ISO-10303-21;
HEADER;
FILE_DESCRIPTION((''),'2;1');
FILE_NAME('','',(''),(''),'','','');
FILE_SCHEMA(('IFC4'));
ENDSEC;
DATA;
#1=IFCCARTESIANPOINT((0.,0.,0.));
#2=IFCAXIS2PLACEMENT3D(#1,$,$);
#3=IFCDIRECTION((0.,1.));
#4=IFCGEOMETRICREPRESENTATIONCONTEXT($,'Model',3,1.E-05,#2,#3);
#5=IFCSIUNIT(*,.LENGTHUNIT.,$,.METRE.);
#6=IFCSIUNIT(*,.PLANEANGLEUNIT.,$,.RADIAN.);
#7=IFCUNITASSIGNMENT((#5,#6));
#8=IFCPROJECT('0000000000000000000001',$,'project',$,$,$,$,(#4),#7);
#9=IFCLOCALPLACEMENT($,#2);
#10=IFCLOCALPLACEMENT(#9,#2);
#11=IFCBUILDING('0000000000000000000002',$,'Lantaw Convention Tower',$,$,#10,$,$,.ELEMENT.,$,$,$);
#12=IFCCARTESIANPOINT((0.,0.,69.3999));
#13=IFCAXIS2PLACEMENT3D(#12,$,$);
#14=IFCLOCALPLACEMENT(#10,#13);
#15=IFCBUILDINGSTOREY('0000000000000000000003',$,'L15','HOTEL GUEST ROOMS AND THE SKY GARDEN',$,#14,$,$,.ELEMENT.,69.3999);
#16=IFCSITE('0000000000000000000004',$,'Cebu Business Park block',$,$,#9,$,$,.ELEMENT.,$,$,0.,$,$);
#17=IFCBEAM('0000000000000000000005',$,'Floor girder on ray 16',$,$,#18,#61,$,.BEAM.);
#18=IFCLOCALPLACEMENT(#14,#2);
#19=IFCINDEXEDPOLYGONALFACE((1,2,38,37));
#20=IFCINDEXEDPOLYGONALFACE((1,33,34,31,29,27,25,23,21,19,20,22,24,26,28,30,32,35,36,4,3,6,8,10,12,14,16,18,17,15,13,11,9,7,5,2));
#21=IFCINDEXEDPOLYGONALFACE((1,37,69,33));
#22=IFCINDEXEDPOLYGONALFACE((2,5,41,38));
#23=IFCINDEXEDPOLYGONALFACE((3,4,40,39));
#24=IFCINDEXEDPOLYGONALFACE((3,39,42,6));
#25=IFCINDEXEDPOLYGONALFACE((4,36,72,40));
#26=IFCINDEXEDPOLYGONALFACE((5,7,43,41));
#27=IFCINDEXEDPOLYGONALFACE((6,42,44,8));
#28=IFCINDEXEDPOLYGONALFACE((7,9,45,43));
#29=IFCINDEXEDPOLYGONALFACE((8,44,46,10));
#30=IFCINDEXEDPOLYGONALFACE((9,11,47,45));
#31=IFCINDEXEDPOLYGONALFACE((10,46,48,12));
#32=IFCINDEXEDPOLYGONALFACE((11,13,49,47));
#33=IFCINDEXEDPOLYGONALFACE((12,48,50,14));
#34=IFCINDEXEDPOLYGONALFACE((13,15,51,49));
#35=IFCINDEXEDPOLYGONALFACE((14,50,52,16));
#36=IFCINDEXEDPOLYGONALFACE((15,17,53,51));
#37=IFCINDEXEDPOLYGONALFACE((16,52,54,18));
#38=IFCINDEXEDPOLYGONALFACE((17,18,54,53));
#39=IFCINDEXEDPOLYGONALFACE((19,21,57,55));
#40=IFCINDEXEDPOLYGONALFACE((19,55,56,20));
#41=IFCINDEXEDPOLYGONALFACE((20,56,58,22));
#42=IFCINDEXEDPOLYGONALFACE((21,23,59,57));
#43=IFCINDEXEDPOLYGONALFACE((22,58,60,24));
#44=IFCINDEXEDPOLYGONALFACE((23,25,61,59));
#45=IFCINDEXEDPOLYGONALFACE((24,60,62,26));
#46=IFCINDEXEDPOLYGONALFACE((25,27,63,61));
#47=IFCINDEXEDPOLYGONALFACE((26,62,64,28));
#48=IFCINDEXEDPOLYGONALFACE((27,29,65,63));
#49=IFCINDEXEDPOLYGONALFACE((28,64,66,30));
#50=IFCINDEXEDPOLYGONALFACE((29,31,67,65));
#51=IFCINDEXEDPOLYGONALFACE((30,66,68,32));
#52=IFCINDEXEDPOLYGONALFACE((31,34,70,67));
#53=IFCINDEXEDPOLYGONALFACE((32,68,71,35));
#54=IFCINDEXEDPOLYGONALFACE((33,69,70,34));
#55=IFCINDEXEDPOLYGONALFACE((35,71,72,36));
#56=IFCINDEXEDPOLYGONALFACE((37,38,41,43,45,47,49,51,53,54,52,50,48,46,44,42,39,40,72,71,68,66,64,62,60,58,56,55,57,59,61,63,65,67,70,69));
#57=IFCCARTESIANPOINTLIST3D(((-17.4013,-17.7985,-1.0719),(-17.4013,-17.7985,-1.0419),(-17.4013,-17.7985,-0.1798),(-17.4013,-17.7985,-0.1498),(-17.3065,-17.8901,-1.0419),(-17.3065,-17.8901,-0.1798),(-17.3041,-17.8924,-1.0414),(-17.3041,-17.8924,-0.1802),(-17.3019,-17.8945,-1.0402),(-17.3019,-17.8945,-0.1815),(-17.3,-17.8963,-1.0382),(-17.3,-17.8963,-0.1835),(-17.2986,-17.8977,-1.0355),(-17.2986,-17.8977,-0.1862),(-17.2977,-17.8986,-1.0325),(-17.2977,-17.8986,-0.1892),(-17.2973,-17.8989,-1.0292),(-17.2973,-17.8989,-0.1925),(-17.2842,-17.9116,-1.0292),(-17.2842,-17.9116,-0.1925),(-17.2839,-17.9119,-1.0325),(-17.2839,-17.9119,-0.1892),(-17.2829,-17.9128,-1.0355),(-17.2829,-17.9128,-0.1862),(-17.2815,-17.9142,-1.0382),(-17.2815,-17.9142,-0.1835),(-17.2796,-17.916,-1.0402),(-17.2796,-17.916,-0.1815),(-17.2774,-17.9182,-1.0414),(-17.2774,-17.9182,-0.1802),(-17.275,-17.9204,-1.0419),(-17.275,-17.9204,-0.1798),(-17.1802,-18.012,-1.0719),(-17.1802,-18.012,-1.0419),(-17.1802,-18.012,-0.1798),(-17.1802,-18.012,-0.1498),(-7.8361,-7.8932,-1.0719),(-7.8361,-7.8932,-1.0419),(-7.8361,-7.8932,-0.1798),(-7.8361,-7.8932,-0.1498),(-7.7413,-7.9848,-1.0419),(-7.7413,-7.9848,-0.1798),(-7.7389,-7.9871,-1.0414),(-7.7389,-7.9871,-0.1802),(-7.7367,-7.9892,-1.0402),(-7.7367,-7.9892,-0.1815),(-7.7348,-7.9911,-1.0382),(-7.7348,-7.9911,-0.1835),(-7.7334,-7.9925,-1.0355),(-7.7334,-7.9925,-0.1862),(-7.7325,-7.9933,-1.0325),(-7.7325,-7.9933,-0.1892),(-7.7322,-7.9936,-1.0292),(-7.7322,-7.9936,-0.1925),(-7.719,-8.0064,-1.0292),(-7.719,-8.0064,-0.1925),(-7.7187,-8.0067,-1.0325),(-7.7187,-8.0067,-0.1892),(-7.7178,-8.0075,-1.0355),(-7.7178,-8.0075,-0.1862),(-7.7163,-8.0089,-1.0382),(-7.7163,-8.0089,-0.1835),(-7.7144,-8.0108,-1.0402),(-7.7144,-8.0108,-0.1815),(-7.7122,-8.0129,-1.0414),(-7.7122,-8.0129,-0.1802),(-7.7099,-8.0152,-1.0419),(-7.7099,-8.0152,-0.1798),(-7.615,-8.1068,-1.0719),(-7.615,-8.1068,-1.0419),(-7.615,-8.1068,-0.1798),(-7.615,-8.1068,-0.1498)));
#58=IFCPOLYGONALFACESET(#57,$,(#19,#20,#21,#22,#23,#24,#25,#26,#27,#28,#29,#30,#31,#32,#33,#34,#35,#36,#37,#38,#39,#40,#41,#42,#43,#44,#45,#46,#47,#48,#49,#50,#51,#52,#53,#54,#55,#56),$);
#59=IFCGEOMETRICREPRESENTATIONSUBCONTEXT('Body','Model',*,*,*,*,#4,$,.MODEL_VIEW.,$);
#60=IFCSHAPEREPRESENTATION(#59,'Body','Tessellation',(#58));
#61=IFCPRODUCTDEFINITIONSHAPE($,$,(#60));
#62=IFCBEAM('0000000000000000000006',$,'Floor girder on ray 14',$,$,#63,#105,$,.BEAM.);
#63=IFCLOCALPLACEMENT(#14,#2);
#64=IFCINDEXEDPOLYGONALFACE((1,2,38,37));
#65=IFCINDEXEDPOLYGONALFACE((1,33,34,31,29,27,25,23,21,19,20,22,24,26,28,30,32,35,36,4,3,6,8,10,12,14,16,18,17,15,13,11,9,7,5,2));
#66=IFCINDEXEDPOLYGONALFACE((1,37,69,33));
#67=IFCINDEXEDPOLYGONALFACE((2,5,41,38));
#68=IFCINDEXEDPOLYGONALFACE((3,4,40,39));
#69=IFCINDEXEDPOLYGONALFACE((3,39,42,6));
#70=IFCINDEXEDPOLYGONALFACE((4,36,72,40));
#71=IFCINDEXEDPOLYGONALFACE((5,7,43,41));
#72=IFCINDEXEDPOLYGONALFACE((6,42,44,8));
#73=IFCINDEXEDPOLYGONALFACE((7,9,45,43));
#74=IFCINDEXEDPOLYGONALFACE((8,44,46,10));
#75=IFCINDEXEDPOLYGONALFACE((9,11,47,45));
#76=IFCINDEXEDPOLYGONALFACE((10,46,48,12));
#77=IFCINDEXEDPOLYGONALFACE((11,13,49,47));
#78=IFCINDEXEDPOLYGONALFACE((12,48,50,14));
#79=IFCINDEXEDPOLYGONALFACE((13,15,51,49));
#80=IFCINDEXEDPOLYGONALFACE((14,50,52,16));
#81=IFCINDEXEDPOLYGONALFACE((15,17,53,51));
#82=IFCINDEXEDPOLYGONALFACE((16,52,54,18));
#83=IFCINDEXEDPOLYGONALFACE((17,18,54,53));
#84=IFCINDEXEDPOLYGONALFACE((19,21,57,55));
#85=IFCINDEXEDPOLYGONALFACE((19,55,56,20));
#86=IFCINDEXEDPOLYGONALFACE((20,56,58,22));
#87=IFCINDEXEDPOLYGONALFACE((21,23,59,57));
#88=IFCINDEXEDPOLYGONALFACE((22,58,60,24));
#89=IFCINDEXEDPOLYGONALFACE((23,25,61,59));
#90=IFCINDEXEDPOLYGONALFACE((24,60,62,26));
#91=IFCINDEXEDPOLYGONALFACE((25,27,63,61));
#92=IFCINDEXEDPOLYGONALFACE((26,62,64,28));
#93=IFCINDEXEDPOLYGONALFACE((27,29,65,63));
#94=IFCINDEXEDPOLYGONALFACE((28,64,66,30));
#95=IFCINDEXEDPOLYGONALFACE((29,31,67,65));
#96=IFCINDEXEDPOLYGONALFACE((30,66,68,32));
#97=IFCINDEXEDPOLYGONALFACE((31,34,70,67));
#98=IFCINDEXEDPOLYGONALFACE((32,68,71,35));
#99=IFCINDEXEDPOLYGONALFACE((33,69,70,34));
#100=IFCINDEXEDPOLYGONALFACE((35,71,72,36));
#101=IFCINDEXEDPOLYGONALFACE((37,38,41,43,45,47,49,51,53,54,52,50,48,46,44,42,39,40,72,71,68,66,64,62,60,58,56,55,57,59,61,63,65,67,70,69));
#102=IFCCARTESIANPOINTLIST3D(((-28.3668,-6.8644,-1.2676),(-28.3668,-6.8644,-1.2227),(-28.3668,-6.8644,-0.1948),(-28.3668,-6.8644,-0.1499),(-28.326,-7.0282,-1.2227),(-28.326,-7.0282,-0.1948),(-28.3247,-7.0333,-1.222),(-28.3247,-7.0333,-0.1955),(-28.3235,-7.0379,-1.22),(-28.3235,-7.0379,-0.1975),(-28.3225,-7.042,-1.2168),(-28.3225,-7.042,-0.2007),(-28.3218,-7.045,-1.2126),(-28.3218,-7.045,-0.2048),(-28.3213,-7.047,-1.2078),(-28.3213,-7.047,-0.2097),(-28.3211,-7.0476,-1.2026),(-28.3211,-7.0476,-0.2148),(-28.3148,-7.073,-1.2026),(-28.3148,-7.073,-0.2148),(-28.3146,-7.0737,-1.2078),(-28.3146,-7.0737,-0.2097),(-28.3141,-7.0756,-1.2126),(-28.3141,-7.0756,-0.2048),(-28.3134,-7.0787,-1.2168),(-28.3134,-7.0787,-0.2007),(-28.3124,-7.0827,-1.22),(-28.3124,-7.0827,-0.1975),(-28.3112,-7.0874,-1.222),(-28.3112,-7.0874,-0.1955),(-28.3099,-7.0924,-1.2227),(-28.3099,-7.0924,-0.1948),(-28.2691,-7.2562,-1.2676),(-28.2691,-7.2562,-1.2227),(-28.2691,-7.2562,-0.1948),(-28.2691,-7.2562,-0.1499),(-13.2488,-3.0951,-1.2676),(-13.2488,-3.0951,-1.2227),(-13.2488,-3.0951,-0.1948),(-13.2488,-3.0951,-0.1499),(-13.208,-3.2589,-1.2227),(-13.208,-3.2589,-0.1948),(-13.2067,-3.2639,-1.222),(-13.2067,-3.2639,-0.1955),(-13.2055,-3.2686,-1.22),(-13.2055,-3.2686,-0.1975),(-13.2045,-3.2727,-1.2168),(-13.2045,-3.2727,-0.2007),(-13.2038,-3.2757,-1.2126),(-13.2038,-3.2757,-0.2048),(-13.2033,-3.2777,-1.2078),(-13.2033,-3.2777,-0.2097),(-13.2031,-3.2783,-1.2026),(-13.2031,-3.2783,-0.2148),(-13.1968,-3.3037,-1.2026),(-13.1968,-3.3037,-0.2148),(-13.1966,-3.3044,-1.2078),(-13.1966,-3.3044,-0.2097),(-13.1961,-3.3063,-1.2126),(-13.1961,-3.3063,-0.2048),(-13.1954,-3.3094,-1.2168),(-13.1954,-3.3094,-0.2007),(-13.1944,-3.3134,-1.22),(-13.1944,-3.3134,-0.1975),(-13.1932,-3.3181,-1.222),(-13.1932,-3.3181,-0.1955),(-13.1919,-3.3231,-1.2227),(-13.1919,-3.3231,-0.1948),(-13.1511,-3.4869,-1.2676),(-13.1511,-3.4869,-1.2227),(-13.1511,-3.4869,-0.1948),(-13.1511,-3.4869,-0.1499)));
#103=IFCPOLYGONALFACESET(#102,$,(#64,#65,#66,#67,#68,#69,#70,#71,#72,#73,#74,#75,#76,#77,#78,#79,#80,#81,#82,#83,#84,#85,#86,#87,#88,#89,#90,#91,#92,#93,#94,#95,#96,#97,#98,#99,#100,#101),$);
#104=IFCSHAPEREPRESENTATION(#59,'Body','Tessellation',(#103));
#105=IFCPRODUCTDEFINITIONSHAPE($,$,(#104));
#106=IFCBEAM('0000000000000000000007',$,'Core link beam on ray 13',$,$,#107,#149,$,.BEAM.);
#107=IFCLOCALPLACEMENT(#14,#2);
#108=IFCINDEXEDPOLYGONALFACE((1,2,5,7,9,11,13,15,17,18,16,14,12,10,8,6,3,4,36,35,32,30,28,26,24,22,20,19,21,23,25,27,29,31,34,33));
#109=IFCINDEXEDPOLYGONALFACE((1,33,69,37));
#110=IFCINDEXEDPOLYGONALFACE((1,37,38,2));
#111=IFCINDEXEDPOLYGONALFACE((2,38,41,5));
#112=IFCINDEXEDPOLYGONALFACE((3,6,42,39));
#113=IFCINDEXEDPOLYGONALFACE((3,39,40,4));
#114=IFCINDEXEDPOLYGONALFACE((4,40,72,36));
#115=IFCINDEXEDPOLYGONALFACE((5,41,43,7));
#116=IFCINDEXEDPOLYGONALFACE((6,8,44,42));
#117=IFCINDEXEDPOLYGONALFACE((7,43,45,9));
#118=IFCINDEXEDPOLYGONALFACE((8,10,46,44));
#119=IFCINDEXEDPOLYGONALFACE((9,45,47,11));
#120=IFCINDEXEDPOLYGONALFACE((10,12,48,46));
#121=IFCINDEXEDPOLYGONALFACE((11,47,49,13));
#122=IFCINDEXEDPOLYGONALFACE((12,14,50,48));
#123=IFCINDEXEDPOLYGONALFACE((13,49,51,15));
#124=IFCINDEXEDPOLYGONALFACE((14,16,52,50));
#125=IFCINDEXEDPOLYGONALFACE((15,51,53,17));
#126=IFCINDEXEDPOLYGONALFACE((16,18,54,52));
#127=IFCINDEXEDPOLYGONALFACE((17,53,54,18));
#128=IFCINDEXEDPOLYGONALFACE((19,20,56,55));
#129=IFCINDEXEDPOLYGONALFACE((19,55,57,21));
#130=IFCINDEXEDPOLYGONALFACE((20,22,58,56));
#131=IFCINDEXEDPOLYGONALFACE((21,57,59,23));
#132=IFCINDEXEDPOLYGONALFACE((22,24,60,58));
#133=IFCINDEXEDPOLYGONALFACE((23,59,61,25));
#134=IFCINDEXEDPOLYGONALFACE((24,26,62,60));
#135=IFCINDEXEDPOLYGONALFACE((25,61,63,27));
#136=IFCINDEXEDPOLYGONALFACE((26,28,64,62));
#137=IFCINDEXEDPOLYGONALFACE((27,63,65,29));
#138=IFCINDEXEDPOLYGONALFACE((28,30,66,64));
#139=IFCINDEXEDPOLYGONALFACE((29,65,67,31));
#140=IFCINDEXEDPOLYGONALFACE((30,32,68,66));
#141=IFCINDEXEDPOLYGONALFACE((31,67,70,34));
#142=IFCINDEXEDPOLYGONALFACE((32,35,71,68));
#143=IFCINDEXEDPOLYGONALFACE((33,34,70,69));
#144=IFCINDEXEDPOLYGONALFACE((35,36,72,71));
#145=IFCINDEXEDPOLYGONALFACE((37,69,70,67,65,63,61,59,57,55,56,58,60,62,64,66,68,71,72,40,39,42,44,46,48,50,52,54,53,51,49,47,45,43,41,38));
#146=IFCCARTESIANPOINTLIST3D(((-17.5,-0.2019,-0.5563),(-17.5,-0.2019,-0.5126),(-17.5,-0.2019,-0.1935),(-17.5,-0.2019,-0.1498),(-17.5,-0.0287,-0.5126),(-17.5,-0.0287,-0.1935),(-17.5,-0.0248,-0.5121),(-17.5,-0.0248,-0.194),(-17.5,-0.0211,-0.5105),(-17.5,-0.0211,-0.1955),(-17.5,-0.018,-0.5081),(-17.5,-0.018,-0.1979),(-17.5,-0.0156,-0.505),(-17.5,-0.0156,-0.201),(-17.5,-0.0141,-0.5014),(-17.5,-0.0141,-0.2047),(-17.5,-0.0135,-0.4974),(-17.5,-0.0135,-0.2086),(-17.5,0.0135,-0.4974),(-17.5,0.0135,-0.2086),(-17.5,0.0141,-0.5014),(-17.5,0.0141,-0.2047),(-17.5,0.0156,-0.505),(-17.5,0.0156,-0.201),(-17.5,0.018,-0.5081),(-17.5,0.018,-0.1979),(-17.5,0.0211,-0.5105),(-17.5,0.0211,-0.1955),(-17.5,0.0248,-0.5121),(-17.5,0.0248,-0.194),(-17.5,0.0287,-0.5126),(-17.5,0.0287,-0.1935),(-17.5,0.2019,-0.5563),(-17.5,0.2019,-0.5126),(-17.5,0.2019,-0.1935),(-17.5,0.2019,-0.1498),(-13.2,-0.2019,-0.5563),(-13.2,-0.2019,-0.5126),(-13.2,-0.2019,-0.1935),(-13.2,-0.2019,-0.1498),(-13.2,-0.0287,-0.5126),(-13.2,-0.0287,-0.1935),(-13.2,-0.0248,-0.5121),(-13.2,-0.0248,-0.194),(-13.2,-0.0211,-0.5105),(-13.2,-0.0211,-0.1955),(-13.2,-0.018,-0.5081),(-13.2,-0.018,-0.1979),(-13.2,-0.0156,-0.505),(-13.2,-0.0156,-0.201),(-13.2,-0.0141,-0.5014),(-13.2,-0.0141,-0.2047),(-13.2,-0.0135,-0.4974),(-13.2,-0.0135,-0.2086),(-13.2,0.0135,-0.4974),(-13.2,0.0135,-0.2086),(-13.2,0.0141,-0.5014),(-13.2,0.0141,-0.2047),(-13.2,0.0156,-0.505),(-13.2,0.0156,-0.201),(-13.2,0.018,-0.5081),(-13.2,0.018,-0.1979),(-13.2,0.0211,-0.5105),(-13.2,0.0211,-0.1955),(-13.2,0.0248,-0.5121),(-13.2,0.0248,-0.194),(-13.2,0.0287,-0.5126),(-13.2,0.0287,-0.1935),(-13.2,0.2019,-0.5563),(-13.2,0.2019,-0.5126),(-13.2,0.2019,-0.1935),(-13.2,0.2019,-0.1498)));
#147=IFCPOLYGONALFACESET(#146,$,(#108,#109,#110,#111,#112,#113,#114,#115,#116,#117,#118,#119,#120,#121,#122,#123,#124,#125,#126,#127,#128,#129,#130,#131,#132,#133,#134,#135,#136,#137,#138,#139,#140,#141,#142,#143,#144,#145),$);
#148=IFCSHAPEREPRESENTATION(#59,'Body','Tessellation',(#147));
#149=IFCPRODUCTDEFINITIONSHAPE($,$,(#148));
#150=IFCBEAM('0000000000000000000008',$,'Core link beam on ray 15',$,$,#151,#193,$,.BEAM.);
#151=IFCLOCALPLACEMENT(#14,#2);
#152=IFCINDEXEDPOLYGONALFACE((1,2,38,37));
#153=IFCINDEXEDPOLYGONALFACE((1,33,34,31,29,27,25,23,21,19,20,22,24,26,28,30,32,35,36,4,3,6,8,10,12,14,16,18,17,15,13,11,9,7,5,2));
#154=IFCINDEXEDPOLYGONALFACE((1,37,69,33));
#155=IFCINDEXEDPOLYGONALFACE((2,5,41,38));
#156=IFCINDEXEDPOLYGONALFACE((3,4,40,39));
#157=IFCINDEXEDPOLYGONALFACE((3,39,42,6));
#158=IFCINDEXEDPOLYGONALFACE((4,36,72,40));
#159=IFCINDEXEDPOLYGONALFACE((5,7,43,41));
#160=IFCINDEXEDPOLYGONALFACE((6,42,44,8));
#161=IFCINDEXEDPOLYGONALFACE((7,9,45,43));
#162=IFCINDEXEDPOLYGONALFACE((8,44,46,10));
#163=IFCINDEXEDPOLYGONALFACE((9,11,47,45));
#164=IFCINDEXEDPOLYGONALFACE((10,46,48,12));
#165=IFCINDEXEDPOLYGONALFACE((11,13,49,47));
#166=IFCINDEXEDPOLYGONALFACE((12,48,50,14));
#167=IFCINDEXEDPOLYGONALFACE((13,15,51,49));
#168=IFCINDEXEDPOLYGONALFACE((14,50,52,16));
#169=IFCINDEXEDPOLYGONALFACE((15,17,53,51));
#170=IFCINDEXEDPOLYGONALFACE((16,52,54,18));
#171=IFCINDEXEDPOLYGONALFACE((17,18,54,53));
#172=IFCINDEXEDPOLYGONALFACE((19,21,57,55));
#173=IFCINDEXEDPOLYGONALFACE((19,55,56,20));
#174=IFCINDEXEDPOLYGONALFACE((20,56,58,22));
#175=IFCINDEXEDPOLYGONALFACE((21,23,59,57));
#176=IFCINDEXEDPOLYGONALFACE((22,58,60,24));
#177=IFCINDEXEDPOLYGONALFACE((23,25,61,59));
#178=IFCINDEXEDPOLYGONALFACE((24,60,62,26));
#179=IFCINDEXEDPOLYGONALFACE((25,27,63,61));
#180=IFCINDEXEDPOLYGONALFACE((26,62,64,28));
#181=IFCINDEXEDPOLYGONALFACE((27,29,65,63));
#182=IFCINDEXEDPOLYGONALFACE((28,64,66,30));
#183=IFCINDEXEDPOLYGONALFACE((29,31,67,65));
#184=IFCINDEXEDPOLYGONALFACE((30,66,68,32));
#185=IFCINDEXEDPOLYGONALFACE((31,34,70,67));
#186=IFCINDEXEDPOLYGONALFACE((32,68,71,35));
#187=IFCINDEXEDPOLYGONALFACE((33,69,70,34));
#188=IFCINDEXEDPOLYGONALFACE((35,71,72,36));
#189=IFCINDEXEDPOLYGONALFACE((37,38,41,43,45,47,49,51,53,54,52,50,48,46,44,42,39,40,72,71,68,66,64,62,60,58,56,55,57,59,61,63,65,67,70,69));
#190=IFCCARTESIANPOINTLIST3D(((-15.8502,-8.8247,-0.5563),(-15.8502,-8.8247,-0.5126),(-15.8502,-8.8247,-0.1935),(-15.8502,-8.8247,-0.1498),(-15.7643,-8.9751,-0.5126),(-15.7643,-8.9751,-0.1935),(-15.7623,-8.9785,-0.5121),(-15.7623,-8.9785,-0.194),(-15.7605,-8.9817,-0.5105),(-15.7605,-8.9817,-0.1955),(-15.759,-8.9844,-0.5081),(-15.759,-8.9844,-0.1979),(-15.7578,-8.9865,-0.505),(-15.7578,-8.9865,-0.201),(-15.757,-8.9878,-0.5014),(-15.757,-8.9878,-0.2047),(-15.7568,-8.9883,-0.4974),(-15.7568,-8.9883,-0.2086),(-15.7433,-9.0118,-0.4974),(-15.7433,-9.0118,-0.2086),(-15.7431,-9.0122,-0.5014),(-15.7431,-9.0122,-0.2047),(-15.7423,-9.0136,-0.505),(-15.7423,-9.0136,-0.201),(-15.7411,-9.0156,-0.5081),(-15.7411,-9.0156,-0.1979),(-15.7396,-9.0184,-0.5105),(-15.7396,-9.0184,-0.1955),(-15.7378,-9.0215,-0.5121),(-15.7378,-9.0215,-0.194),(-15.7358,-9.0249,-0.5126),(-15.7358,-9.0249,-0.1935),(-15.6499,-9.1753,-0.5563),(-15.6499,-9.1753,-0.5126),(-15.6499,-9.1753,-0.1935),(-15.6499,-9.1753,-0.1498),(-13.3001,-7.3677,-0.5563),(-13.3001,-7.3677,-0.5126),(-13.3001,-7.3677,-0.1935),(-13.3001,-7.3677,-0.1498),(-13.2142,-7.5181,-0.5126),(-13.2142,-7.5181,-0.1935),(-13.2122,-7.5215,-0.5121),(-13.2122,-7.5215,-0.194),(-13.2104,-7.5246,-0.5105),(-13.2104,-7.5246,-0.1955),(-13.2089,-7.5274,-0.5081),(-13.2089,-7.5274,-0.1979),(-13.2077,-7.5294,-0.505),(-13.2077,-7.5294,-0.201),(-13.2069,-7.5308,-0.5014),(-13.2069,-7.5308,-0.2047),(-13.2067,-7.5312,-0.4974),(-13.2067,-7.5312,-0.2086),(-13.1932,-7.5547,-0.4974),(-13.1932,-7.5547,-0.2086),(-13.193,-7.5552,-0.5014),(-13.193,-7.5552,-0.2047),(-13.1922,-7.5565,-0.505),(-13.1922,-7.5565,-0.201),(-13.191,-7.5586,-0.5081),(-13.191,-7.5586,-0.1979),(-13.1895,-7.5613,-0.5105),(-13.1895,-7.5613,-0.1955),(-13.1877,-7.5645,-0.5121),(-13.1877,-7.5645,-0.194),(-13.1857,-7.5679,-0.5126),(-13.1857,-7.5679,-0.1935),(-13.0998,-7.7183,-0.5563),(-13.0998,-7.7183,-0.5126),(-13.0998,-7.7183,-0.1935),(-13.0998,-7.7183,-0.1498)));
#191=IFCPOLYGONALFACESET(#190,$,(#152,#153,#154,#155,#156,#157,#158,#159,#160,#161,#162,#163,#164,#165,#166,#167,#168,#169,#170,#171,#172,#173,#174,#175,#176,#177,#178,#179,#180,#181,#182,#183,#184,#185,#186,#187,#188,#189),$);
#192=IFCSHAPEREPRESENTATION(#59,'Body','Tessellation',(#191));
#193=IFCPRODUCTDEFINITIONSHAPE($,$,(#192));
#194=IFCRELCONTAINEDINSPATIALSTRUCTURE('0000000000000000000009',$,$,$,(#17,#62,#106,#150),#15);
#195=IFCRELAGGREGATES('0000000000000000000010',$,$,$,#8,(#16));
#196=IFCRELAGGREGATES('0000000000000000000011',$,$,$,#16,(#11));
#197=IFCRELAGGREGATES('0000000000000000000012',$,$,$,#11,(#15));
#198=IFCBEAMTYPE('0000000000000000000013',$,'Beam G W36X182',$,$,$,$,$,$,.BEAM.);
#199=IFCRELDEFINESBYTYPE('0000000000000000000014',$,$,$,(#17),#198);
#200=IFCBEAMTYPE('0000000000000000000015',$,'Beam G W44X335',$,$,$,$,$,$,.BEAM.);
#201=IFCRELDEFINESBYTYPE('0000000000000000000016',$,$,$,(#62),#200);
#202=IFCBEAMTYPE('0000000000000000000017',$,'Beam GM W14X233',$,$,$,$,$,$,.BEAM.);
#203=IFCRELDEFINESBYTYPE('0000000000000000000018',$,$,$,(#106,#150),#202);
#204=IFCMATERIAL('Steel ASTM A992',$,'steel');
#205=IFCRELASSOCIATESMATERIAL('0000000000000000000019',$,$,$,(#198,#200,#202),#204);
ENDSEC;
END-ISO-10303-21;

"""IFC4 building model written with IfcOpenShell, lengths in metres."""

from ifc_helpers import new_model, si_unit, direction, frame, origin, origin_2d, place, context, subcontext, project, spatial, i_section, extrude, material, material_profile, profile_set, type_object, element, save


model = new_model("IFC4")

# Units and contexts
model_context = context("Model", 3, precision=1e-05, world=origin(), true_north=direction((0.0, 1.0)))
body_context = subcontext(model_context, "Body", "Model", "MODEL_VIEW")
ifc_project = project(units=[si_unit("LENGTHUNIT", "METRE"), si_unit("PLANEANGLEUNIT", "RADIAN")], contexts=[model_context])

# Site, building, storey
site_placement = place(None, origin())
site = spatial("IfcSite", under=ifc_project, at=site_placement, Name="Cebu Business Park block", CompositionType="ELEMENT", RefElevation=0.0)
building_placement = place(site_placement, origin())
building = spatial("IfcBuilding", under=site, at=building_placement, Name="Lantaw Convention Tower", CompositionType="ELEMENT")
storey_placement = place(building_placement, frame((0.0, 0.0, 69.3999)))
storey = spatial("IfcBuildingStorey", under=building, at=storey_placement, Name="L15", Description="HOTEL GUEST ROOMS AND THE SKY GARDEN", CompositionType="ELEMENT", Elevation=69.3999)

# Beams
ifc_material_1 = material(Name="Steel ASTM A992", Category="steel")
ifc_material_profile_1 = material_profile(ifc_material_1, i_section(OverallWidth=0.3074, OverallDepth=0.9221, WebThickness=0.0183, FlangeThickness=0.03, FilletRadius=0.0127, at=origin_2d()), Name="W36X182")
ifc_profile_set_1 = profile_set([ifc_material_profile_1], Name="Steel ASTM A992")
beam_type_1 = type_object("IfcBeamType", Name="Beam G W36X182", PredefinedType="BEAM", material=ifc_profile_set_1)
beam_1_placement = place(storey_placement, frame((-7.7256, -8.0, -0.6108), z_axis=(-0.69465, -0.719348, 0.0), x_axis=(0.719348, -0.69465, 0.0)))
element("IfcBeam", 1, at=beam_1_placement, inside=storey, type_object=beam_type_1, Name="Floor girder on ray 16", PredefinedType="BEAM", context=body_context, shape_type="SweptSolid", body=[
    extrude(i_section(OverallWidth=0.3074, OverallDepth=0.9221, WebThickness=0.0183, FlangeThickness=0.03, FilletRadius=0.0127, at=origin_2d()), origin(), (0.0, 0.0, 1.0), 13.7698),
])
ifc_material_profile_2 = material_profile(ifc_material_1, i_section(OverallWidth=0.4038, OverallDepth=1.1177, WebThickness=0.0261, FlangeThickness=0.0449, FilletRadius=0.02, at=origin_2d()), Name="W44X335")
ifc_profile_set_2 = profile_set([ifc_material_profile_2], Name="Steel ASTM A992")
beam_type_2 = type_object("IfcBeamType", Name="Beam G W44X335", PredefinedType="BEAM", material=ifc_profile_set_2)
beam_2_placement = place(storey_placement, frame((-13.2, -3.291, -0.7087), z_axis=(-0.970296, -0.24192, 0.0), x_axis=(0.24192, -0.970296, 0.0)))
element("IfcBeam", 2, at=beam_2_placement, inside=storey, type_object=beam_type_2, Name="Floor girder on ray 14", PredefinedType="BEAM", context=body_context, shape_type="SweptSolid", body=[
    extrude(i_section(OverallWidth=0.4038, OverallDepth=1.1177, WebThickness=0.0261, FlangeThickness=0.0449, FilletRadius=0.02, at=origin_2d()), origin(), (0.0, 0.0, 1.0), 15.5808),
])
ifc_material_profile_3 = material_profile(ifc_material_1, i_section(OverallWidth=0.4038, OverallDepth=0.4065, WebThickness=0.0271, FlangeThickness=0.0437, FilletRadius=0.0151, at=origin_2d()), Name="W14X233")
ifc_profile_set_3 = profile_set([ifc_material_profile_3], Name="Steel ASTM A992")
beam_type_3 = type_object("IfcBeamType", Name="Beam GM W14X233", PredefinedType="BEAM", material=ifc_profile_set_3)
beam_3_placement = place(storey_placement, frame((-13.2, 0.0, -0.353), z_axis=(-1.0, 0.0, 0.0), x_axis=(0.0, -1.0, 0.0)))
element("IfcBeam", 3, at=beam_3_placement, inside=storey, type_object=beam_type_3, Name="Core link beam on ray 13", PredefinedType="BEAM", context=body_context, shape_type="SweptSolid", body=[
    extrude(i_section(OverallWidth=0.4038, OverallDepth=0.4065, WebThickness=0.0271, FlangeThickness=0.0437, FilletRadius=0.0151, at=origin_2d()), origin(), (0.0, 0.0, 1.0), 4.3),
])
beam_4_placement = place(storey_placement, frame((-13.2, -7.543, -0.353), z_axis=(-0.868264, -0.496103, 0.0), x_axis=(0.496103, -0.868264, 0.0)))
element("IfcBeam", 4, at=beam_4_placement, inside=storey, type_object=beam_type_3, Name="Core link beam on ray 15", PredefinedType="BEAM", context=body_context, shape_type="SweptSolid", body=[
    extrude(i_section(OverallWidth=0.4038, OverallDepth=0.4065, WebThickness=0.0271, FlangeThickness=0.0437, FilletRadius=0.0151, at=origin_2d()), origin(), (0.0, 0.0, 1.0), 2.937),
])

save(model, "model.ifc")
